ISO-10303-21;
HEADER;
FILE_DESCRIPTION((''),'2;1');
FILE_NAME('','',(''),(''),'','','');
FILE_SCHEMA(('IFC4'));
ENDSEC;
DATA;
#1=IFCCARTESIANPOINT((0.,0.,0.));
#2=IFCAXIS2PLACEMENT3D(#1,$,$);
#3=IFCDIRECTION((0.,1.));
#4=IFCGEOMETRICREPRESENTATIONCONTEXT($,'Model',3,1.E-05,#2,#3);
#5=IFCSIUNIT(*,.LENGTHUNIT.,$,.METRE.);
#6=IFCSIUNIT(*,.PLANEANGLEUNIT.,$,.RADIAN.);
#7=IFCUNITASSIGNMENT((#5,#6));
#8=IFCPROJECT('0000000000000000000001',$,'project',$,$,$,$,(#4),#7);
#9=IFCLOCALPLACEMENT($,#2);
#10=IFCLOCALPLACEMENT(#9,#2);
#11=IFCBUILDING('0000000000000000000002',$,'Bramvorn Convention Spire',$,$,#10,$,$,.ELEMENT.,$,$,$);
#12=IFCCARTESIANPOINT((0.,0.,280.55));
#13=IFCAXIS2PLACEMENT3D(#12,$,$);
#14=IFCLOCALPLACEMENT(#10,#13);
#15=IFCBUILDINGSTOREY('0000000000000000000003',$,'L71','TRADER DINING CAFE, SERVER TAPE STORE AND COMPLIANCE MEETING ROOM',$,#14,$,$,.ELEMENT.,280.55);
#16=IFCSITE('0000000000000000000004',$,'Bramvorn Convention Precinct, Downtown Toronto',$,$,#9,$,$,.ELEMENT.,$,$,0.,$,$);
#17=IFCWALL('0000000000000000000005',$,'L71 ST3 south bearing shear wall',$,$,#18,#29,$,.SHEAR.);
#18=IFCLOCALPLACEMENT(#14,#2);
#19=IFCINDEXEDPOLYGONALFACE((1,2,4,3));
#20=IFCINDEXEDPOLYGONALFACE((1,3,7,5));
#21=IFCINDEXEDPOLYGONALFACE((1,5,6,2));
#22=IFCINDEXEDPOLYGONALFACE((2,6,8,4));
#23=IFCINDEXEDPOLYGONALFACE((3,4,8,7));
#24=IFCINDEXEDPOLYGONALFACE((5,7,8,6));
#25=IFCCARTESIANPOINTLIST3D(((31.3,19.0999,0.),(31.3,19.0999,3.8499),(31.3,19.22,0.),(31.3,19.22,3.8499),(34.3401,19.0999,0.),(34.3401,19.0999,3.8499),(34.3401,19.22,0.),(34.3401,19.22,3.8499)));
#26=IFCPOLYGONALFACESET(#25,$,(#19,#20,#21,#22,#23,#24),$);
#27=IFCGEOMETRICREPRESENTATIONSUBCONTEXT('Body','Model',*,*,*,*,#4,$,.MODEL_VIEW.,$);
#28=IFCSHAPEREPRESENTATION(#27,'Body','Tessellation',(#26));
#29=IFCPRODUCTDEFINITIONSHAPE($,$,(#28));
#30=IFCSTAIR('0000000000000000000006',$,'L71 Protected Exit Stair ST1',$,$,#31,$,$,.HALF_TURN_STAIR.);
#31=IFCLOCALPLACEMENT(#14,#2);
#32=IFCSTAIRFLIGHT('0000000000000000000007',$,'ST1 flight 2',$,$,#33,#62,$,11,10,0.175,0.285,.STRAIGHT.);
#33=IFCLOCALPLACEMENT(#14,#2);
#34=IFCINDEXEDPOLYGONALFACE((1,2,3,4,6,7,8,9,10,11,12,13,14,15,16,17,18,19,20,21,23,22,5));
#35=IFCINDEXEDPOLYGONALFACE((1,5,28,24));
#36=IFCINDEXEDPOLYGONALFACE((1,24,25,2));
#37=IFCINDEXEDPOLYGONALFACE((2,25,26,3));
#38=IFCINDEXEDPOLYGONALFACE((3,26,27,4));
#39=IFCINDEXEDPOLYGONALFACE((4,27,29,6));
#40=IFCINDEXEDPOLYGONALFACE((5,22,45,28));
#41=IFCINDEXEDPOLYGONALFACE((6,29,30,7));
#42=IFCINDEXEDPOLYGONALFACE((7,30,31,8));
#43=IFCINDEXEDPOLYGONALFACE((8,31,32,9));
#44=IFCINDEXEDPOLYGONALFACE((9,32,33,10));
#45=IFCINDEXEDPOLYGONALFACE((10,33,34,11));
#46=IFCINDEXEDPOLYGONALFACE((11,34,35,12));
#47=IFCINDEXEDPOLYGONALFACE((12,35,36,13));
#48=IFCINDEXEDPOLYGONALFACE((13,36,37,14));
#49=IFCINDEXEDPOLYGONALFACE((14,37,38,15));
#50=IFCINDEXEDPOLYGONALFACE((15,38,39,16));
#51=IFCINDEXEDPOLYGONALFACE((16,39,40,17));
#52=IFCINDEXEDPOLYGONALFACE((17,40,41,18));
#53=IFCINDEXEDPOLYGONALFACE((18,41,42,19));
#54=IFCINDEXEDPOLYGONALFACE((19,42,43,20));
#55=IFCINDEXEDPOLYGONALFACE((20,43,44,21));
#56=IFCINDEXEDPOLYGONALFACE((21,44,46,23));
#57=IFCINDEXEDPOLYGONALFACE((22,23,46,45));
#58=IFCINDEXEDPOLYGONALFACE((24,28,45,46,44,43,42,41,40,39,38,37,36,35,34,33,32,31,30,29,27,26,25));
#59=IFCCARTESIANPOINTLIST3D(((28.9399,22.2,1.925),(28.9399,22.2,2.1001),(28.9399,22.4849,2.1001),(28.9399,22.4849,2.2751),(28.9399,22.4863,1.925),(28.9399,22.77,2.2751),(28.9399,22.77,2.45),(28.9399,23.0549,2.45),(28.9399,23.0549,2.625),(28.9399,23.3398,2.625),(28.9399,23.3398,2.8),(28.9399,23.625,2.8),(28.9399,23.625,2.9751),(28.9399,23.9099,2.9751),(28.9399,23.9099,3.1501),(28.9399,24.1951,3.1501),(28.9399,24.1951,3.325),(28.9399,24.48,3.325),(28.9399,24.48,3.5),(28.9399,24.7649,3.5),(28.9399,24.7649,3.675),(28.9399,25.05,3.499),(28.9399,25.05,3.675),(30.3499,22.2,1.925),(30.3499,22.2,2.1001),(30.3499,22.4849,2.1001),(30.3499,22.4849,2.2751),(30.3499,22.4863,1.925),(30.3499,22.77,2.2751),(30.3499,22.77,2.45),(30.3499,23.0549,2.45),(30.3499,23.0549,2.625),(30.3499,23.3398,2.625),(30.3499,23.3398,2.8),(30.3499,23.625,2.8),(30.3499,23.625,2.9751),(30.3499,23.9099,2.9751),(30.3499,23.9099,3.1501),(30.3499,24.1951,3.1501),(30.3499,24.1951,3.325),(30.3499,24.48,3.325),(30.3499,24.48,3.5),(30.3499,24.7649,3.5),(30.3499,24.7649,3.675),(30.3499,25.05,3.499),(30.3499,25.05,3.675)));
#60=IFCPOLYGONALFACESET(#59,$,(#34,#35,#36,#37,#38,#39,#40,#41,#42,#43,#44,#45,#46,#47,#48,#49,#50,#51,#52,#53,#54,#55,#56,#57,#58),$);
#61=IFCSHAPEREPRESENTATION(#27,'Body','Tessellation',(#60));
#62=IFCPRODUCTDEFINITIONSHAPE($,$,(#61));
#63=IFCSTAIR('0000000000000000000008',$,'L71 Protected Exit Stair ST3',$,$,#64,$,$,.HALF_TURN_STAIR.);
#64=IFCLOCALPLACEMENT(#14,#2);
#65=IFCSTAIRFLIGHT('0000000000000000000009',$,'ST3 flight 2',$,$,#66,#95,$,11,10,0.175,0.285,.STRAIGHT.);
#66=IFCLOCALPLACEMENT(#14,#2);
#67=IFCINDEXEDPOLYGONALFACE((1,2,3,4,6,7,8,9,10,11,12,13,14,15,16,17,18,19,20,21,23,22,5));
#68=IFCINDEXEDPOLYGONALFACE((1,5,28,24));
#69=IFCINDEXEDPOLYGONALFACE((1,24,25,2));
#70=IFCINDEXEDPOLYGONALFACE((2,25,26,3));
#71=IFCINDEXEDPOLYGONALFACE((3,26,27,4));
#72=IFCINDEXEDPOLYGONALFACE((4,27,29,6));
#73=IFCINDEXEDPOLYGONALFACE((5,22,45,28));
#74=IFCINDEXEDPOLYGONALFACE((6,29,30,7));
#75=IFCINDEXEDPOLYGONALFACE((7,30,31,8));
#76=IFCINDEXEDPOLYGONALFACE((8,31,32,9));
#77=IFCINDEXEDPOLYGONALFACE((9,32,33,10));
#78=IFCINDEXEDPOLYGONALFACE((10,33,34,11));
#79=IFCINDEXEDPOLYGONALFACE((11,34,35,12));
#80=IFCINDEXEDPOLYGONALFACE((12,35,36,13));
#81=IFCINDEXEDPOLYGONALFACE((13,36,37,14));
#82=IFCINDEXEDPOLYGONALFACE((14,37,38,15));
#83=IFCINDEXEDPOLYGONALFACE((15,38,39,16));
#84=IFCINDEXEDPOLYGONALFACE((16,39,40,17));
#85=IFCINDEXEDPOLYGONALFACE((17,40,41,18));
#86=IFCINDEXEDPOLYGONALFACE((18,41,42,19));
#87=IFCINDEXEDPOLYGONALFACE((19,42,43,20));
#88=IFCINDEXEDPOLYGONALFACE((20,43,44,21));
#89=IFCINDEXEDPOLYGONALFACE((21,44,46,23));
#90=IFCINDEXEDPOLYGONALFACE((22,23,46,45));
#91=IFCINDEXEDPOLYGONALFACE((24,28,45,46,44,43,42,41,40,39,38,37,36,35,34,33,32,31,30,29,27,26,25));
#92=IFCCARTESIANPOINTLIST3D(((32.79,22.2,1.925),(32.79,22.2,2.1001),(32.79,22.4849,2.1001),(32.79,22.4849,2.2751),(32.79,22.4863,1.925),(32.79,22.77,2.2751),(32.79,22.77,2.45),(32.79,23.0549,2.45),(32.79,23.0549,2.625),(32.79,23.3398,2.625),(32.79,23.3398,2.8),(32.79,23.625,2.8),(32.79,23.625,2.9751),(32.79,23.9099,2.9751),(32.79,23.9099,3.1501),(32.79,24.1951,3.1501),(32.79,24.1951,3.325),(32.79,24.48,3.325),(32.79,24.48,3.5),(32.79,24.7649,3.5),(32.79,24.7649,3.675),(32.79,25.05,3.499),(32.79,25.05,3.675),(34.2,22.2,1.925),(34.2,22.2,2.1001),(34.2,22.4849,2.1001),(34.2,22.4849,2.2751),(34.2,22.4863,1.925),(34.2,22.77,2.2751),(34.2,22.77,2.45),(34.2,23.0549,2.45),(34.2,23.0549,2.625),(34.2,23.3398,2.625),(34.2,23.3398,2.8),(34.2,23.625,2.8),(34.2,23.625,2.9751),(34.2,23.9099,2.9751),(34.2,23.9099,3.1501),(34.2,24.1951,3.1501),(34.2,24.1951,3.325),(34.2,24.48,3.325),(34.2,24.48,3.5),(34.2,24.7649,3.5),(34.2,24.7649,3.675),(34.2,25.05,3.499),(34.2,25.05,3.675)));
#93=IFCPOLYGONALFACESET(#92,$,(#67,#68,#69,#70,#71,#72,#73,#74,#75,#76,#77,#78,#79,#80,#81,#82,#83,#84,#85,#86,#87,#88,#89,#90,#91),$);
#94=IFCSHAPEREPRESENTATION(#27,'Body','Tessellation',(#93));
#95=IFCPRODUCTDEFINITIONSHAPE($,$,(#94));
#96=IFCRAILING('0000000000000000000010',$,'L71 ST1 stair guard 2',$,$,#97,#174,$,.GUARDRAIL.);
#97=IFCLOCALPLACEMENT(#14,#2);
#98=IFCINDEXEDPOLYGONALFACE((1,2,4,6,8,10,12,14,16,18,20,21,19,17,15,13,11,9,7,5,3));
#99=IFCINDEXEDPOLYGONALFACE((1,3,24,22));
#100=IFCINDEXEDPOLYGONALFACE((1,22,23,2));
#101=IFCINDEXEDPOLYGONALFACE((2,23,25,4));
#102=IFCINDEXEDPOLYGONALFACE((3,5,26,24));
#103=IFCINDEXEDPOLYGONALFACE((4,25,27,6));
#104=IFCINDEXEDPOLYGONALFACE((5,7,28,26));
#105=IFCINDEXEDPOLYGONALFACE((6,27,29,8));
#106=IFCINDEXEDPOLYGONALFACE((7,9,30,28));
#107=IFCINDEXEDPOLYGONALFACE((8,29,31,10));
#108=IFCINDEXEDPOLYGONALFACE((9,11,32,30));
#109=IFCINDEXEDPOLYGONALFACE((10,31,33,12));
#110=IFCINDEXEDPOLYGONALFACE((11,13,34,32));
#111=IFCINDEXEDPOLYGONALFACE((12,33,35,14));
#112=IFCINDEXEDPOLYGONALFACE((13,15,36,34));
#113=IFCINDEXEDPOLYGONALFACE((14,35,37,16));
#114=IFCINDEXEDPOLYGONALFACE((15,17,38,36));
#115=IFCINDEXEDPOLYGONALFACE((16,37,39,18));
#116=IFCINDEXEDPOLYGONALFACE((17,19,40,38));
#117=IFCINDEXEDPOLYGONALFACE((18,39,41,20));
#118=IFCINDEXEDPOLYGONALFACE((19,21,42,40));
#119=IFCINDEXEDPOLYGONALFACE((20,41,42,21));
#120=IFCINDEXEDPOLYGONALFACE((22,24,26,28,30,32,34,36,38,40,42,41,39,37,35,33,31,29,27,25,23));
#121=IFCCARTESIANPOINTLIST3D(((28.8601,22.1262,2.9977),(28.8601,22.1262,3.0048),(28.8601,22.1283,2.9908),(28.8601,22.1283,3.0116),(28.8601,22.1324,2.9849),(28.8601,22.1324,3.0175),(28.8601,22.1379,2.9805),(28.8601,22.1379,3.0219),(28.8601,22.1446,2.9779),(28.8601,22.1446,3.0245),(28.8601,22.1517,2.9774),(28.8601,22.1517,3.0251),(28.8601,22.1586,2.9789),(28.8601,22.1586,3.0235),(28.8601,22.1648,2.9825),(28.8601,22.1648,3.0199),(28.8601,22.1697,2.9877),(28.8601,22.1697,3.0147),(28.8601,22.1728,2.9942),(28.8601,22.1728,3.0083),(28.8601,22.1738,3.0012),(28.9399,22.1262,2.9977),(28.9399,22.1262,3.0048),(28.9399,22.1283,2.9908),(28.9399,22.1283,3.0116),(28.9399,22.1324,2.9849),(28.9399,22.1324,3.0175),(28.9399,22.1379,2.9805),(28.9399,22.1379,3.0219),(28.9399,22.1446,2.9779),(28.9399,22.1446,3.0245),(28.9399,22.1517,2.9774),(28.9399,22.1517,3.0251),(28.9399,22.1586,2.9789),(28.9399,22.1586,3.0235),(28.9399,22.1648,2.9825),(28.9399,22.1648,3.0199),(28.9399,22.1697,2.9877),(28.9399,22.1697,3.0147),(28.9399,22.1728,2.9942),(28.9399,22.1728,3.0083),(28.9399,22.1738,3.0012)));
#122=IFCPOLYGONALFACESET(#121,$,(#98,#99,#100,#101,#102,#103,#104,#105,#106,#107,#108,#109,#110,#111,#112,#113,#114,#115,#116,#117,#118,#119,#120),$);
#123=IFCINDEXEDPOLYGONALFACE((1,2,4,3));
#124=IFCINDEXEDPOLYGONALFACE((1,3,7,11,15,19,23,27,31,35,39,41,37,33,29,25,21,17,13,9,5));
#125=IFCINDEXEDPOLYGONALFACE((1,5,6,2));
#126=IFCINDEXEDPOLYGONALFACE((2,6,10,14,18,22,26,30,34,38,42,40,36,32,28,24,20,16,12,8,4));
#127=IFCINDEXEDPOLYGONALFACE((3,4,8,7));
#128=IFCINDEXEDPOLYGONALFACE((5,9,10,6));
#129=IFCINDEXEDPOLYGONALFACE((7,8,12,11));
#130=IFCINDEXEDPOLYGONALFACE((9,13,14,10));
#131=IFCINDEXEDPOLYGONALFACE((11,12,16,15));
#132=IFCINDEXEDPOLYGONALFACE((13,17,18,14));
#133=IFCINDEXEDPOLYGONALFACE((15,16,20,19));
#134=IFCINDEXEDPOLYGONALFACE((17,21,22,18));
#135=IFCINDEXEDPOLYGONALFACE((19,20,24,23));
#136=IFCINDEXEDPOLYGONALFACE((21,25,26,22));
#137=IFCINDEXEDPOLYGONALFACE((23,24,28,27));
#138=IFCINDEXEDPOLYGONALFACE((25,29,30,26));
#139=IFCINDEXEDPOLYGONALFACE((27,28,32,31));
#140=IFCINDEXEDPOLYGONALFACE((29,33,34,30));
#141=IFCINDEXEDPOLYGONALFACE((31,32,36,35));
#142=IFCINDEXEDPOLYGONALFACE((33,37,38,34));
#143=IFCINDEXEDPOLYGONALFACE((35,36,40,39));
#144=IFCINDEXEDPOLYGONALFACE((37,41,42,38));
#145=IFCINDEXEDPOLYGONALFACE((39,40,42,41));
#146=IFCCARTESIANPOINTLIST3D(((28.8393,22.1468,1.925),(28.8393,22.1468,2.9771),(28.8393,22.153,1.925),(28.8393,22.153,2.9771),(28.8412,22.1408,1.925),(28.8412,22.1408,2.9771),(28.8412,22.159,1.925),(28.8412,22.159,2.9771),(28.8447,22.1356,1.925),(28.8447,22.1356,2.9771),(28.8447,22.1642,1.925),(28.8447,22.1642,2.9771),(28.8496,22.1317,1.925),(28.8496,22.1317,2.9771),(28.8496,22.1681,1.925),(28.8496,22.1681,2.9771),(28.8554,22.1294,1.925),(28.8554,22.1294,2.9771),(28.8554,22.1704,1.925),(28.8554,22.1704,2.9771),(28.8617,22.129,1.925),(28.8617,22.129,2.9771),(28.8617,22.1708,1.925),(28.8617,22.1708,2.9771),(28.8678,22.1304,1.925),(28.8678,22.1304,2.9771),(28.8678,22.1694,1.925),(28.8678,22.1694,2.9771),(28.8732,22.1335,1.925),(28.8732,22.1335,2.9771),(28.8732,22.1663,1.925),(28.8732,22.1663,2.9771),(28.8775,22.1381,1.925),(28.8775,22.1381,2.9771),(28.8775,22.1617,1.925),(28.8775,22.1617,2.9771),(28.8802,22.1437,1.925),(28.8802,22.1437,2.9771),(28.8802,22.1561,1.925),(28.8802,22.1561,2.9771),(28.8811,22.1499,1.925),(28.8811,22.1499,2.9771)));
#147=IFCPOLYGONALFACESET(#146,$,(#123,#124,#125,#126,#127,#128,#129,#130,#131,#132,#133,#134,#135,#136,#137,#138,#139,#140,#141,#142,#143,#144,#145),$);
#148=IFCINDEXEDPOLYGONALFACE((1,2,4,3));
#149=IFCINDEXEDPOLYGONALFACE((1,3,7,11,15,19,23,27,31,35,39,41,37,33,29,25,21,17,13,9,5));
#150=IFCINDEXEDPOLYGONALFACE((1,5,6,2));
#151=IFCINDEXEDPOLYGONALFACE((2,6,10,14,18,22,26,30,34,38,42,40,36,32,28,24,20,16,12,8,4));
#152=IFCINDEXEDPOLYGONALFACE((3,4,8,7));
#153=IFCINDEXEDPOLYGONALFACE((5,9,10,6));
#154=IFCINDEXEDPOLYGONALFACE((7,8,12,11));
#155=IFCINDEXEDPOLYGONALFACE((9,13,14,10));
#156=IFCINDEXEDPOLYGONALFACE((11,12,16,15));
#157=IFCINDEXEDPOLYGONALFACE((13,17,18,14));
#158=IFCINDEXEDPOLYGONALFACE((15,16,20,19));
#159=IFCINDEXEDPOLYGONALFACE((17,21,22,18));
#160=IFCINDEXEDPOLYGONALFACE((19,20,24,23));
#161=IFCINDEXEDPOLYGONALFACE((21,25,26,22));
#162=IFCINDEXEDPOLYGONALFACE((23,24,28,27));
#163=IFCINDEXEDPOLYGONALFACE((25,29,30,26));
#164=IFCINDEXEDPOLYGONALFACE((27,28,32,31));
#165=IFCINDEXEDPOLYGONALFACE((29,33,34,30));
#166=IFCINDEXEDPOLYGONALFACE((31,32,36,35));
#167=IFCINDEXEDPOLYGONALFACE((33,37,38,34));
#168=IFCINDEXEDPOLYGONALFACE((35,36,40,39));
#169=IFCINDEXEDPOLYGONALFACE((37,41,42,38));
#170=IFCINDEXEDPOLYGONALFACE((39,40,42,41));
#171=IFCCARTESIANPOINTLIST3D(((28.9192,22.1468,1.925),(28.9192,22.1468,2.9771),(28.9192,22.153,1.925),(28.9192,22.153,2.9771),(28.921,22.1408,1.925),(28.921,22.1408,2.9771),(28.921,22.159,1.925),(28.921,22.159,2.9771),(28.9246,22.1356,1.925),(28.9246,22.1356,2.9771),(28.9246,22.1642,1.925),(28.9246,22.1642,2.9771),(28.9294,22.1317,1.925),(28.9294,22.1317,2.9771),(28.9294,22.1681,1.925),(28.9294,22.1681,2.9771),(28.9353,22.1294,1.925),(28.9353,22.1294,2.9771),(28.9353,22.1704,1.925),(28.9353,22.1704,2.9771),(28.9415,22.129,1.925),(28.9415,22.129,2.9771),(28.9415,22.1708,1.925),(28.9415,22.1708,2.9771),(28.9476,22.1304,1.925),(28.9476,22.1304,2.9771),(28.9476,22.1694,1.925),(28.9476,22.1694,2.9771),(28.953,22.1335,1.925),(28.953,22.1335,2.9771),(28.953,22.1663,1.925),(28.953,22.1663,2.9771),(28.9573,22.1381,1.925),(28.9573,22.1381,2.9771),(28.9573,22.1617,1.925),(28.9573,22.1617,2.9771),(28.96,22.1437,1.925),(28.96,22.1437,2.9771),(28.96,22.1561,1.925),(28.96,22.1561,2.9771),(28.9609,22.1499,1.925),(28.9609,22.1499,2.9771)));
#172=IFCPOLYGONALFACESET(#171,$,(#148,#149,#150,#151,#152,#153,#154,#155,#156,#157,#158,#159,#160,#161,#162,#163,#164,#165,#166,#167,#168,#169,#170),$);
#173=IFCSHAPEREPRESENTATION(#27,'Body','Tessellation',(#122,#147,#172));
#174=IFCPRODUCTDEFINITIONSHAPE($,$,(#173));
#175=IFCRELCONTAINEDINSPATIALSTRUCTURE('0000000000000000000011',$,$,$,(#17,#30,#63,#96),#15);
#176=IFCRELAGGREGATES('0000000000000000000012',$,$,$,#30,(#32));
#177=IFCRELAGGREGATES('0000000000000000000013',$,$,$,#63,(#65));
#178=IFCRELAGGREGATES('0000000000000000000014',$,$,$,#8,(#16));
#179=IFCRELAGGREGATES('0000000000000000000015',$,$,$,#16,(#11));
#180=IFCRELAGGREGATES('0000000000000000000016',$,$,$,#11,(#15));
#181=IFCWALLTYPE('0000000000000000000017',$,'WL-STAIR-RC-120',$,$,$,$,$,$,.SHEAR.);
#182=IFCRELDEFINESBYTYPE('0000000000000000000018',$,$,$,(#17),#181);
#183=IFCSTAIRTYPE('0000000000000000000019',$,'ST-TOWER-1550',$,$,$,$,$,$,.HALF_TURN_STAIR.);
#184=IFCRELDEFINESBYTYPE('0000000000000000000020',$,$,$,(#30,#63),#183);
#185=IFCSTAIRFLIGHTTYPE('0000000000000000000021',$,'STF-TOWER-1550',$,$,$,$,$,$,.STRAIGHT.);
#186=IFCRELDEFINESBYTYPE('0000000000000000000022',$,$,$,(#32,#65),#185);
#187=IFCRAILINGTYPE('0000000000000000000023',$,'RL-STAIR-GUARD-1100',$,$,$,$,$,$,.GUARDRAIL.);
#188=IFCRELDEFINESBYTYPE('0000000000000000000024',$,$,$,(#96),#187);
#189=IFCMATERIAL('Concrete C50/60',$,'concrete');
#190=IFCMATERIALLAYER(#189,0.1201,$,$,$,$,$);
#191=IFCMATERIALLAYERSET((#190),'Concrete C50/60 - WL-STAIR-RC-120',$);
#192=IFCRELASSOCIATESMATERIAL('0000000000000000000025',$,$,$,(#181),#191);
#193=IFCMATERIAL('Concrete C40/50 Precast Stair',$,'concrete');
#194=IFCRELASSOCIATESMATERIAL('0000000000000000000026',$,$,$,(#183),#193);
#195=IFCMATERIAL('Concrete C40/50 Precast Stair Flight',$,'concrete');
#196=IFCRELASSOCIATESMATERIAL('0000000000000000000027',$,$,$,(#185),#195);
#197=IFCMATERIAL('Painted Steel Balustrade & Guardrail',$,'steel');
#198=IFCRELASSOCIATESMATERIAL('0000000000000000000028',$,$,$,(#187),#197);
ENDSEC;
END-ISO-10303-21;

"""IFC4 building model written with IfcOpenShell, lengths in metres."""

from ifc_helpers import new_model, si_unit, direction, frame, frame_2d, origin, origin_2d, place, context, subcontext, project, spatial, polyline, rectangle, circle, outline, extrude, material, layer, layer_set, type_object, element, aggregate, save


model = new_model("IFC4")

# Units and contexts
model_context = context("Model", 3, precision=1e-05, world=origin(), true_north=direction((0.0, 1.0)))
body_context = subcontext(model_context, "Body", "Model", "MODEL_VIEW")
ifc_project = project(units=[si_unit("LENGTHUNIT", "METRE"), si_unit("PLANEANGLEUNIT", "RADIAN")], contexts=[model_context])

# Site, building, storey
site_placement = place(None, origin())
site = spatial("IfcSite", under=ifc_project, at=site_placement, Name="Bramvorn Convention Precinct, Downtown Toronto", CompositionType="ELEMENT", RefElevation=0.0)
building_placement = place(site_placement, origin())
building = spatial("IfcBuilding", under=site, at=building_placement, Name="Bramvorn Convention Spire", CompositionType="ELEMENT")
storey_placement = place(building_placement, frame((0.0, 0.0, 280.55)))
storey = spatial("IfcBuildingStorey", under=building, at=storey_placement, Name="L71", Description="TRADER DINING CAFE, SERVER TAPE STORE AND COMPLIANCE MEETING ROOM", CompositionType="ELEMENT", Elevation=280.55)

# Wall
ifc_material_1 = material(Name="Concrete C50/60", Category="concrete")
ifc_layer_1 = layer(ifc_material_1, 0.1201)
ifc_layer_set_1 = layer_set([ifc_layer_1], Name="Concrete C50/60 - WL-STAIR-RC-120")
wall_type_1 = type_object("IfcWallType", Name="WL-STAIR-RC-120", PredefinedType="SHEAR", material=ifc_layer_set_1)
wall_1_placement = place(storey_placement, frame((31.3, 19.1599, 0.0), z_axis=(0.0, 0.0, 1.0), x_axis=(1.0, 0.0, 0.0)))
element("IfcWall", 1, at=wall_1_placement, inside=storey, type_object=wall_type_1, Name="L71 ST3 south bearing shear wall", PredefinedType="SHEAR", context=body_context, shape_type="SweptSolid", body=[
    extrude(rectangle(XDim=3.04, YDim=0.1201, at=frame_2d((1.52, 0.0))), origin(), (0.0, 0.0, 1.0), 3.8499),
])

# Stairs, stair flights
ifc_material_2 = material(Name="Concrete C40/50 Precast Stair", Category="concrete")
stair_type = type_object("IfcStairType", Name="ST-TOWER-1550", PredefinedType="HALF_TURN_STAIR", material=ifc_material_2)
stair_1_placement = place(storey_placement, origin())
stair_1 = element("IfcStair", 2, at=stair_1_placement, inside=storey, type_object=stair_type, Name="L71 Protected Exit Stair ST1", PredefinedType="HALF_TURN_STAIR")
ifc_material_3 = material(Name="Concrete C40/50 Precast Stair Flight", Category="concrete")
stair_flight_type = type_object("IfcStairFlightType", Name="STF-TOWER-1550", PredefinedType="STRAIGHT", material=ifc_material_3)
stair_flight_1_placement = place(storey_placement, frame((29.645, 22.2, 1.925), z_axis=(0.0, 0.0, 1.0), x_axis=(0.0, 1.0, 0.0)))
stair_flight_1 = element("IfcStairFlight", 3, at=stair_flight_1_placement, type_object=stair_flight_type, Name="ST1 flight 2", NumberOfRisers=11, NumberOfTreads=10, PredefinedType="STRAIGHT", RiserHeight=0.175, TreadLength=0.285, context=body_context, shape_type="SweptSolid", body=[
    extrude(outline(polyline([(0.0, 0.0), (0.0, 0.175), (0.2849, 0.175), (0.2849, 0.3501), (0.5701, 0.3501), (0.5701, 0.5249), (0.855, 0.5249), (0.855, 0.7), (1.1399, 0.7), (1.1399, 0.875), (1.425, 0.875), (1.425, 1.05), (1.71, 1.05), (1.71, 1.2251), (1.9951, 1.2251), (1.9951, 1.3999), (2.28, 1.3999), (2.28, 1.575), (2.5649, 1.575), (2.5649, 1.75), (2.8501, 1.75), (2.8501, 1.925), (2.8501, 1.574), (0.2864, 0.0), (0.0, 0.0)])), frame((0.0, 0.7051, 0.0), z_axis=(0.0, -1.0, 0.0), x_axis=(1.0, 0.0, 0.0)), (0.0, 0.0, 1.0), 1.4099),
])
aggregate(stair_1, [stair_flight_1])
stair_2_placement = place(storey_placement, origin())
stair_2 = element("IfcStair", 4, at=stair_2_placement, inside=storey, type_object=stair_type, Name="L71 Protected Exit Stair ST3", PredefinedType="HALF_TURN_STAIR")
stair_flight_2_placement = place(storey_placement, frame((33.4951, 22.2, 1.925), z_axis=(0.0, 0.0, 1.0), x_axis=(0.0, 1.0, 0.0)))
stair_flight_2 = element("IfcStairFlight", 5, at=stair_flight_2_placement, type_object=stair_flight_type, Name="ST3 flight 2", NumberOfRisers=11, NumberOfTreads=10, PredefinedType="STRAIGHT", RiserHeight=0.175, TreadLength=0.285, context=body_context, shape_type="SweptSolid", body=[
    extrude(outline(polyline([(0.0, 0.0), (0.0, 0.175), (0.2849, 0.175), (0.2849, 0.3501), (0.5701, 0.3501), (0.5701, 0.5249), (0.855, 0.5249), (0.855, 0.7), (1.1399, 0.7), (1.1399, 0.875), (1.425, 0.875), (1.425, 1.05), (1.71, 1.05), (1.71, 1.2251), (1.9951, 1.2251), (1.9951, 1.3999), (2.28, 1.3999), (2.28, 1.575), (2.5649, 1.575), (2.5649, 1.75), (2.8501, 1.75), (2.8501, 1.925), (2.8501, 1.574), (0.2864, 0.0), (0.0, 0.0)])), frame((0.0, 0.7051, 0.0), z_axis=(0.0, -1.0, 0.0), x_axis=(1.0, 0.0, 0.0)), (0.0, 0.0, 1.0), 1.4099),
])
aggregate(stair_2, [stair_flight_2])

# Railing
ifc_material_4 = material(Name="Painted Steel Balustrade & Guardrail", Category="steel")
railing_type_1 = type_object("IfcRailingType", Name="RL-STAIR-GUARD-1100", PredefinedType="GUARDRAIL", material=ifc_material_4)
railing_1_placement = place(storey_placement, frame((28.8601, 22.1499, 1.925)))
element("IfcRailing", 6, at=railing_1_placement, inside=storey, type_object=railing_type_1, Name="L71 ST1 stair guard 2", PredefinedType="GUARDRAIL", context=body_context, shape_type="SweptSolid", body=[
    extrude(circle(Radius=0.0239, at=origin_2d()), frame((0.0, 0.0, 1.0762), z_axis=(1.0, 0.0, 0.0), x_axis=(0.0, 1.0, 0.0)), (0.0, 0.0, 1.0), 0.0798),
    extrude(circle(Radius=0.021, at=origin_2d()), origin(), (0.0, 0.0, 1.0), 1.052),
    extrude(circle(Radius=0.021, at=origin_2d()), frame((0.0798, 0.0, 0.0)), (0.0, 0.0, 1.0), 1.052),
])

save(model, "model.ifc")
